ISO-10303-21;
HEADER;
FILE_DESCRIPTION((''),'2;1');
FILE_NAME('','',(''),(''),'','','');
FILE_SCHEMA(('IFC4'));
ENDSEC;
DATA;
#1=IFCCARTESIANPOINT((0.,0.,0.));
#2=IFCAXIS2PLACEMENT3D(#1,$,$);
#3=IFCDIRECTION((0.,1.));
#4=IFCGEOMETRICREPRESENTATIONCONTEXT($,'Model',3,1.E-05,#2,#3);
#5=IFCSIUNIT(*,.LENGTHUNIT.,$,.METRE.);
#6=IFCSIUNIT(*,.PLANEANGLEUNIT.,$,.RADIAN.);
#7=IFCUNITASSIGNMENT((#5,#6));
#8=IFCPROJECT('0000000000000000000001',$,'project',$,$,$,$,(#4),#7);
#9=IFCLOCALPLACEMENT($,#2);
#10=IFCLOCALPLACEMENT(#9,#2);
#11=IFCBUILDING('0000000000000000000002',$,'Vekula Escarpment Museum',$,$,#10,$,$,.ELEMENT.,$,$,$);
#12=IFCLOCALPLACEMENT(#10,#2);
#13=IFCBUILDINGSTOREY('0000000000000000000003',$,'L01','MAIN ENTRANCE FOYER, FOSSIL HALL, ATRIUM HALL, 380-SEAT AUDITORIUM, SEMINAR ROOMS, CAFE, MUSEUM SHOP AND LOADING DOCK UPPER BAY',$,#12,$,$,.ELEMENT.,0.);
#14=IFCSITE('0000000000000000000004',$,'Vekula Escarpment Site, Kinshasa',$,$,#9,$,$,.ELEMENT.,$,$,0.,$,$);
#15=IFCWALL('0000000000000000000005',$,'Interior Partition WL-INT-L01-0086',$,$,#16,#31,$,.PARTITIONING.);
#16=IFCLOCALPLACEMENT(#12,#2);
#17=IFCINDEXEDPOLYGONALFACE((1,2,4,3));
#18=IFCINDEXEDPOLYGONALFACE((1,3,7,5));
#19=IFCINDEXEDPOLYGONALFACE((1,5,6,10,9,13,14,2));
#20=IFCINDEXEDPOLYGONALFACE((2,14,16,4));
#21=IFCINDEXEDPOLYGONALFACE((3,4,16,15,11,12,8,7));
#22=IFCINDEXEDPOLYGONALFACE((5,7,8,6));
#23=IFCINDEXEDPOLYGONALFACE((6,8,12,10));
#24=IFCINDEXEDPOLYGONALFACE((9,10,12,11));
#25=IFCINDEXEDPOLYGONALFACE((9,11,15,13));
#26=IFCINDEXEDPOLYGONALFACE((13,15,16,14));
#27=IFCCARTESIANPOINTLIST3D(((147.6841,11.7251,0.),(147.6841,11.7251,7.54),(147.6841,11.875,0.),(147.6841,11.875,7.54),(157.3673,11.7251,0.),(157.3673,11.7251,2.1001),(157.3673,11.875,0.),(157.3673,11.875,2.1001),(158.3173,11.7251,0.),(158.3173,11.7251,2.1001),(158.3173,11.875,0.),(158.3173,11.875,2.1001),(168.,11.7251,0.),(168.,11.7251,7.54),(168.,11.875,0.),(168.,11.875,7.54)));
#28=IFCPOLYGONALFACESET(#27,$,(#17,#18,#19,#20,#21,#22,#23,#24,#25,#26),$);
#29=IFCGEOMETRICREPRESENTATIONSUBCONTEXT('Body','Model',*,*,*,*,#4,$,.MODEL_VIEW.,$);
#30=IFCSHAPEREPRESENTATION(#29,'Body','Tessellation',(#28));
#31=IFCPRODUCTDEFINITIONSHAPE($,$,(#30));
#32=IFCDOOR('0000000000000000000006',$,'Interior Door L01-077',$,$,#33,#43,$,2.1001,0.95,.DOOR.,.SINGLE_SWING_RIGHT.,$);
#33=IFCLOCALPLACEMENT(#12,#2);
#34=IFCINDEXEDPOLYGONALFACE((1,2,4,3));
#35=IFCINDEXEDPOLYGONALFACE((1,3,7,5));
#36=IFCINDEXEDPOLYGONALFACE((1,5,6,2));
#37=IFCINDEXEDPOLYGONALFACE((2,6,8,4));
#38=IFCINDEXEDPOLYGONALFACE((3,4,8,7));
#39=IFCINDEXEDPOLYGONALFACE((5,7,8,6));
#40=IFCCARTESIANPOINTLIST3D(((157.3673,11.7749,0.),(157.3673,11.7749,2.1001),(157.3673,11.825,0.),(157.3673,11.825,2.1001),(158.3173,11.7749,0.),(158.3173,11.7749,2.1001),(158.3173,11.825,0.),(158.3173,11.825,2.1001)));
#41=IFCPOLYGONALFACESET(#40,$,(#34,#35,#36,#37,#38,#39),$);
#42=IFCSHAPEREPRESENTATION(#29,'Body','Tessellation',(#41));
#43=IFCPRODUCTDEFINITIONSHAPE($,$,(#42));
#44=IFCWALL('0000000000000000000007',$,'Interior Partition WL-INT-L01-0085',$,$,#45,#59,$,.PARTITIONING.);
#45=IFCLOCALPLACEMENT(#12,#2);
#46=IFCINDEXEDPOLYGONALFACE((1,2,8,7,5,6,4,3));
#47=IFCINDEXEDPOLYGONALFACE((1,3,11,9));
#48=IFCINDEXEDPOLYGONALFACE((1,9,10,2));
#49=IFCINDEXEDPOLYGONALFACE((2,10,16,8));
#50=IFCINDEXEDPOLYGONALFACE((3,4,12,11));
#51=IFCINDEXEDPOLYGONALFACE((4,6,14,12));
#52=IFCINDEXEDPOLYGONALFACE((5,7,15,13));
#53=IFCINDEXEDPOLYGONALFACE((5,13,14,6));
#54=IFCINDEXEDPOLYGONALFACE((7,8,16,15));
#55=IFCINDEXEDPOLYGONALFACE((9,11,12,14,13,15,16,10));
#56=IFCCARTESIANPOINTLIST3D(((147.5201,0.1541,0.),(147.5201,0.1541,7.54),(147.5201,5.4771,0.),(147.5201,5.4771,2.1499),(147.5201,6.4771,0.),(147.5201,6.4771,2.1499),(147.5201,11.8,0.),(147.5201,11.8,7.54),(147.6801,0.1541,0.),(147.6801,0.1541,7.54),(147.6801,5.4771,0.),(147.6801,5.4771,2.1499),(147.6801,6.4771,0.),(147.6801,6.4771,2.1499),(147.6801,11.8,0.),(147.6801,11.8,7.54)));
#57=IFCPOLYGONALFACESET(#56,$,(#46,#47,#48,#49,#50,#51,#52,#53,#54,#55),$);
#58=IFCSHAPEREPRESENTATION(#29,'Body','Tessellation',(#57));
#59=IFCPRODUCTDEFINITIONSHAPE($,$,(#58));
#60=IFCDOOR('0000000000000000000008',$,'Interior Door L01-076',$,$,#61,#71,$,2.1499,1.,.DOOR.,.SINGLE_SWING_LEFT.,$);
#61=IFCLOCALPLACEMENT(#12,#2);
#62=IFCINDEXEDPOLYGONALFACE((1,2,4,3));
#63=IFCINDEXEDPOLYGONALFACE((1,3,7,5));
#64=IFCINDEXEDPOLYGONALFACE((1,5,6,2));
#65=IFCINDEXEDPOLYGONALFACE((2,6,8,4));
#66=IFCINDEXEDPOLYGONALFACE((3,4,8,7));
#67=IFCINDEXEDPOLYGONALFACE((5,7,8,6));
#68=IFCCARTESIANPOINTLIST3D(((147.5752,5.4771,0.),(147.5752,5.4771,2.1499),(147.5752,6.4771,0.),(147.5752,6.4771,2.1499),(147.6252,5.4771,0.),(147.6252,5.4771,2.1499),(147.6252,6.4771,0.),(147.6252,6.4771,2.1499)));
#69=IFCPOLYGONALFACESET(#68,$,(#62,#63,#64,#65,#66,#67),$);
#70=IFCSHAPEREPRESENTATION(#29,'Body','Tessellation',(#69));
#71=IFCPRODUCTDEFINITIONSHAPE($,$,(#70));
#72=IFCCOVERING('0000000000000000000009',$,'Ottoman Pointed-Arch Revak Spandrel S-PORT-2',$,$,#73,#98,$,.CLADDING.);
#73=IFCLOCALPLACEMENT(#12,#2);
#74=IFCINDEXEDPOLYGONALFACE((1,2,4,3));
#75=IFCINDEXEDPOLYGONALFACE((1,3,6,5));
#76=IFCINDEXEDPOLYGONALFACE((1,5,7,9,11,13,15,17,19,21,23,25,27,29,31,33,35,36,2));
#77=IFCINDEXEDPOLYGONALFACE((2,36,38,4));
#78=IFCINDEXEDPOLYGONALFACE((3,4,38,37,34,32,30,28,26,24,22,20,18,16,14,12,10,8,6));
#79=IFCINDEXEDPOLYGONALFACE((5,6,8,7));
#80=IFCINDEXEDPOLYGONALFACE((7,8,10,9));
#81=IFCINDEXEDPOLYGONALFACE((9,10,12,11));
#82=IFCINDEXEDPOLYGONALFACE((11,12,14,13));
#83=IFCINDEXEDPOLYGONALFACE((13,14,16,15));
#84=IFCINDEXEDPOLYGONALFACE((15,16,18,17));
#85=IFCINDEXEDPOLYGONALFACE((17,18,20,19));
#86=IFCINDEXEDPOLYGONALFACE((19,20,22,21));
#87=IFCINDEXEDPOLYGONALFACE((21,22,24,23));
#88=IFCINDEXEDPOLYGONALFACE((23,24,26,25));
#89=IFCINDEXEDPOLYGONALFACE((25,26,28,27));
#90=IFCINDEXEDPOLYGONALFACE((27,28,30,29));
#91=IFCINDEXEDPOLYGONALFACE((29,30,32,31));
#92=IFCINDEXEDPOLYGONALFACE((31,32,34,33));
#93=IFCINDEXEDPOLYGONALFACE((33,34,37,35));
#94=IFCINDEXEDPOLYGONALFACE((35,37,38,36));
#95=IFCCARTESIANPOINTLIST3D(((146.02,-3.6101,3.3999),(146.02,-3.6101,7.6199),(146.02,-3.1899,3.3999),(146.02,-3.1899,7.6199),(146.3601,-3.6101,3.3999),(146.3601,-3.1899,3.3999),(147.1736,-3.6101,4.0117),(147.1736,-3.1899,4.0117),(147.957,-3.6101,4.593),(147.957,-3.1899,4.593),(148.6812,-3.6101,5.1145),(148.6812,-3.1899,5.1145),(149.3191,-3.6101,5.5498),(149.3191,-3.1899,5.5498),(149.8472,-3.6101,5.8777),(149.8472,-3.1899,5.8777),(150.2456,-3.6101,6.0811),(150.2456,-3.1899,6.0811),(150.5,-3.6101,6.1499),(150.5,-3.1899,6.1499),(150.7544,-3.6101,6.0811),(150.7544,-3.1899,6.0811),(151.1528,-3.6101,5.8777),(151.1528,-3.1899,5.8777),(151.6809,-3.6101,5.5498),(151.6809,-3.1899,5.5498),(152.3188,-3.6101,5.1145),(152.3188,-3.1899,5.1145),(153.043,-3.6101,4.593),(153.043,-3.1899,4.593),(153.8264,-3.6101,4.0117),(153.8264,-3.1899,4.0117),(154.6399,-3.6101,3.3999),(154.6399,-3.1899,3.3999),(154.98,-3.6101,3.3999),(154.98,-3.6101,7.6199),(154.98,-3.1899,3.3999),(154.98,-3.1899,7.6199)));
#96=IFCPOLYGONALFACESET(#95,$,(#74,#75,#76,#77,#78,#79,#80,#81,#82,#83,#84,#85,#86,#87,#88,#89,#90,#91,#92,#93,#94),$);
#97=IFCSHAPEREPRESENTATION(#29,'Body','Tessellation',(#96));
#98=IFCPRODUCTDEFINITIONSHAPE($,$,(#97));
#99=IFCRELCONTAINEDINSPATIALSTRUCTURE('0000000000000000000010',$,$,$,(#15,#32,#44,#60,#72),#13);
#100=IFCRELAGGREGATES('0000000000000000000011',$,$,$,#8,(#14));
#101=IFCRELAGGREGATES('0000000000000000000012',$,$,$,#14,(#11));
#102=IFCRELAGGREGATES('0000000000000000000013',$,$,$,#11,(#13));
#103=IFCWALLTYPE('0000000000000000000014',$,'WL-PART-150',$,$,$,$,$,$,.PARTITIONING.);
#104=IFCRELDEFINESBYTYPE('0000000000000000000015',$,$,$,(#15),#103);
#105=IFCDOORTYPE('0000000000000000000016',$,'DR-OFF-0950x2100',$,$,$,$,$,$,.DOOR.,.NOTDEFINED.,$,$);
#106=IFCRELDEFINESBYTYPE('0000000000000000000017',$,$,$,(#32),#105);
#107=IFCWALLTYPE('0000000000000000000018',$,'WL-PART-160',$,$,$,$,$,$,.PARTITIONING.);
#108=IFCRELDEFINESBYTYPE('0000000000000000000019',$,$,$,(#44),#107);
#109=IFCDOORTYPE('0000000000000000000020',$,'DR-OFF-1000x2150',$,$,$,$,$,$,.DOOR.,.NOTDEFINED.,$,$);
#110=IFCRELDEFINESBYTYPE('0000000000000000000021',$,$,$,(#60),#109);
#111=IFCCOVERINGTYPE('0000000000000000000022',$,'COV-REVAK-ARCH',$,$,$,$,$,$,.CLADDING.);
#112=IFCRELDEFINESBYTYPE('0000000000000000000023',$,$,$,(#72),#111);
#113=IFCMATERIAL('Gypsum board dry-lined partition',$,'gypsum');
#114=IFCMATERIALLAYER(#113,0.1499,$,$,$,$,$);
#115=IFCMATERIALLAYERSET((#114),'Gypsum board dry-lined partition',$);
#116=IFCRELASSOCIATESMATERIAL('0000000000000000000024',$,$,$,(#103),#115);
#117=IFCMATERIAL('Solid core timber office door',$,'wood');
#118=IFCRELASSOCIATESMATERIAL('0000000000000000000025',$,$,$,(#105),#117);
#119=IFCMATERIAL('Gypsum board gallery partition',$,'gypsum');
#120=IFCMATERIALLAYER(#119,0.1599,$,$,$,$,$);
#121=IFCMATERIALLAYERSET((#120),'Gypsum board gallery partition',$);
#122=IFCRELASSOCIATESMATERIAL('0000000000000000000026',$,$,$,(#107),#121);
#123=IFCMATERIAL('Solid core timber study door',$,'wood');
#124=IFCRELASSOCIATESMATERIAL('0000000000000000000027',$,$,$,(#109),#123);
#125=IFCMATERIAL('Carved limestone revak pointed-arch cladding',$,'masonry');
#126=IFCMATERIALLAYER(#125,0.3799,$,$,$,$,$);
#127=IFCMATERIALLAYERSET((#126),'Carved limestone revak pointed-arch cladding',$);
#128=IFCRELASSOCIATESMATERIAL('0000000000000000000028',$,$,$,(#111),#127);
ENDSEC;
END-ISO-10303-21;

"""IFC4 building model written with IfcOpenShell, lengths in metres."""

from ifc_helpers import new_model, si_unit, direction, frame, frame_2d, origin, place, context, subcontext, project, spatial, polyline, rectangle, outline, extrude, material, layer, layer_set, type_object, element, fill, save


model = new_model("IFC4")

# Units and contexts
model_context = context("Model", 3, precision=1e-05, world=origin(), true_north=direction((0.0, 1.0)))
body_context = subcontext(model_context, "Body", "Model", "MODEL_VIEW")
ifc_project = project(units=[si_unit("LENGTHUNIT", "METRE"), si_unit("PLANEANGLEUNIT", "RADIAN")], contexts=[model_context])

# Site, building, storey
site_placement = place(None, origin())
site = spatial("IfcSite", under=ifc_project, at=site_placement, Name="Vekula Escarpment Site, Kinshasa", CompositionType="ELEMENT", RefElevation=0.0)
building_placement = place(site_placement, origin())
building = spatial("IfcBuilding", under=site, at=building_placement, Name="Vekula Escarpment Museum", CompositionType="ELEMENT")
storey_placement = place(building_placement, origin())
storey = spatial("IfcBuildingStorey", under=building, at=storey_placement, Name="L01", Description="MAIN ENTRANCE FOYER, FOSSIL HALL, ATRIUM HALL, 380-SEAT AUDITORIUM, SEMINAR ROOMS, CAFE, MUSEUM SHOP AND LOADING DOCK UPPER BAY", CompositionType="ELEMENT", Elevation=0.0)

# Walls, openings, doors
ifc_material_1 = material(Name="Gypsum board dry-lined partition", Category="gypsum")
ifc_layer_1 = layer(ifc_material_1, 0.1499)
ifc_layer_set_1 = layer_set([ifc_layer_1], Name="Gypsum board dry-lined partition")
wall_type_1 = type_object("IfcWallType", Name="WL-PART-150", PredefinedType="PARTITIONING", material=ifc_layer_set_1)
wall_1_placement = place(storey_placement, frame((147.6841, 11.8, 0.0), z_axis=(0.0, 0.0, 1.0), x_axis=(1.0, 0.0, 0.0)))
wall_1 = element("IfcWall", 1, at=wall_1_placement, inside=storey, type_object=wall_type_1, Name="Interior Partition WL-INT-L01-0086", PredefinedType="PARTITIONING", context=body_context, shape_type="SweptSolid", body=[
    extrude(rectangle(XDim=20.3159, YDim=0.1499, at=frame_2d((10.158, 0.0))), origin(), (0.0, 0.0, 1.0), 7.54),
])
opening_1_placement = place(wall_1_placement, frame((9.6831, 0.0, 0.0)))
opening_1 = element("IfcOpeningElement", 2, at=opening_1_placement, cuts=wall_1, PredefinedType="OPENING", context=body_context, shape_type="SweptSolid", body=[
    extrude(rectangle(XDim=0.95, YDim=2.1001, at=frame_2d((0.4751, 1.05))), frame((0.0, 0.085, 0.0), z_axis=(0.0, -1.0, 0.0), x_axis=(1.0, 0.0, 0.0)), (0.0, 0.0, 1.0), 0.1699),
])
ifc_material_2 = material(Name="Solid core timber office door", Category="wood")
door_type_1 = type_object("IfcDoorType", Name="DR-OFF-0950x2100", OperationType="NOTDEFINED", PredefinedType="DOOR", material=ifc_material_2)
door_1_placement = place(opening_1_placement, origin())
door_1 = element("IfcDoor", 3, at=door_1_placement, inside=storey, type_object=door_type_1, Name="Interior Door L01-077", OperationType="SINGLE_SWING_RIGHT", OverallHeight=2.1001, OverallWidth=0.95, PredefinedType="DOOR", context=body_context, shape_type="SweptSolid", body=[
    extrude(rectangle(XDim=0.95, YDim=2.1001, at=frame_2d((0.4751, 1.05))), frame((0.0, 0.0249, 0.0), z_axis=(0.0, -1.0, 0.0), x_axis=(1.0, 0.0, 0.0)), (0.0, 0.0, 1.0), 0.05),
])
fill(opening_1, door_1)
ifc_material_3 = material(Name="Gypsum board gallery partition", Category="gypsum")
ifc_layer_2 = layer(ifc_material_3, 0.1599)
ifc_layer_set_2 = layer_set([ifc_layer_2], Name="Gypsum board gallery partition")
wall_type_2 = type_object("IfcWallType", Name="WL-PART-160", PredefinedType="PARTITIONING", material=ifc_layer_set_2)
wall_2_placement = place(storey_placement, frame((147.6001, 0.1541, 0.0), z_axis=(0.0, 0.0, 1.0), x_axis=(0.0, 1.0, 0.0)))
wall_2 = element("IfcWall", 4, at=wall_2_placement, inside=storey, type_object=wall_type_2, Name="Interior Partition WL-INT-L01-0085", PredefinedType="PARTITIONING", context=body_context, shape_type="SweptSolid", body=[
    extrude(rectangle(XDim=11.646, YDim=0.1599, at=frame_2d((5.823, 0.0))), origin(), (0.0, 0.0, 1.0), 7.54),
])
opening_2_placement = place(wall_2_placement, frame((5.323, 0.0, 0.0)))
opening_2 = element("IfcOpeningElement", 5, at=opening_2_placement, cuts=wall_2, PredefinedType="OPENING", context=body_context, shape_type="SweptSolid", body=[
    extrude(rectangle(XDim=1.0, YDim=2.1499, at=frame_2d((0.5, 1.075))), frame((0.0, 0.0898, 0.0), z_axis=(0.0, -1.0, 0.0), x_axis=(1.0, 0.0, 0.0)), (0.0, 0.0, 1.0), 0.1799),
])
ifc_material_4 = material(Name="Solid core timber study door", Category="wood")
door_type_2 = type_object("IfcDoorType", Name="DR-OFF-1000x2150", OperationType="NOTDEFINED", PredefinedType="DOOR", material=ifc_material_4)
door_2_placement = place(opening_2_placement, origin())
door_2 = element("IfcDoor", 6, at=door_2_placement, inside=storey, type_object=door_type_2, Name="Interior Door L01-076", OperationType="SINGLE_SWING_LEFT", OverallHeight=2.1499, OverallWidth=1.0, PredefinedType="DOOR", context=body_context, shape_type="SweptSolid", body=[
    extrude(rectangle(XDim=1.0, YDim=2.1499, at=frame_2d((0.5, 1.075))), frame((0.0, 0.0249, 0.0), z_axis=(0.0, -1.0, 0.0), x_axis=(1.0, 0.0, 0.0)), (0.0, 0.0, 1.0), 0.05),
])
fill(opening_2, door_2)

# Covering
ifc_material_5 = material(Name="Carved limestone revak pointed-arch cladding", Category="masonry")
ifc_layer_3 = layer(ifc_material_5, 0.3799)
ifc_layer_set_3 = layer_set([ifc_layer_3], Name="Carved limestone revak pointed-arch cladding")
covering_type = type_object("IfcCoveringType", Name="COV-REVAK-ARCH", PredefinedType="CLADDING", material=ifc_layer_set_3)
covering_placement = place(storey_placement, frame((150.5, -3.1899, 3.3999), z_axis=(0.0, -1.0, 0.0), x_axis=(1.0, 0.0, 0.0)))
element("IfcCovering", 7, at=covering_placement, inside=storey, type_object=covering_type, Name="Ottoman Pointed-Arch Revak Spandrel S-PORT-2", PredefinedType="CLADDING", context=body_context, shape_type="SweptSolid", body=[
    extrude(outline(polyline([(-4.48, 4.22), (4.48, 4.22), (4.48, 0.0), (4.1399, 0.0), (3.3264, 0.6118), (2.543, 1.1931), (1.8188, 1.7146), (1.1809, 2.1499), (0.6528, 2.4778), (0.2544, 2.6812), (0.0, 2.75), (-0.2544, 2.6812), (-0.6528, 2.4778), (-1.1809, 2.1499), (-1.8188, 1.7146), (-2.543, 1.1931), (-3.3264, 0.6118), (-4.1399, 0.0), (-4.48, 0.0), (-4.48, 4.22)])), origin(), (0.0, 0.0, 1.0), 0.4202),
])

save(model, "model.ifc")
